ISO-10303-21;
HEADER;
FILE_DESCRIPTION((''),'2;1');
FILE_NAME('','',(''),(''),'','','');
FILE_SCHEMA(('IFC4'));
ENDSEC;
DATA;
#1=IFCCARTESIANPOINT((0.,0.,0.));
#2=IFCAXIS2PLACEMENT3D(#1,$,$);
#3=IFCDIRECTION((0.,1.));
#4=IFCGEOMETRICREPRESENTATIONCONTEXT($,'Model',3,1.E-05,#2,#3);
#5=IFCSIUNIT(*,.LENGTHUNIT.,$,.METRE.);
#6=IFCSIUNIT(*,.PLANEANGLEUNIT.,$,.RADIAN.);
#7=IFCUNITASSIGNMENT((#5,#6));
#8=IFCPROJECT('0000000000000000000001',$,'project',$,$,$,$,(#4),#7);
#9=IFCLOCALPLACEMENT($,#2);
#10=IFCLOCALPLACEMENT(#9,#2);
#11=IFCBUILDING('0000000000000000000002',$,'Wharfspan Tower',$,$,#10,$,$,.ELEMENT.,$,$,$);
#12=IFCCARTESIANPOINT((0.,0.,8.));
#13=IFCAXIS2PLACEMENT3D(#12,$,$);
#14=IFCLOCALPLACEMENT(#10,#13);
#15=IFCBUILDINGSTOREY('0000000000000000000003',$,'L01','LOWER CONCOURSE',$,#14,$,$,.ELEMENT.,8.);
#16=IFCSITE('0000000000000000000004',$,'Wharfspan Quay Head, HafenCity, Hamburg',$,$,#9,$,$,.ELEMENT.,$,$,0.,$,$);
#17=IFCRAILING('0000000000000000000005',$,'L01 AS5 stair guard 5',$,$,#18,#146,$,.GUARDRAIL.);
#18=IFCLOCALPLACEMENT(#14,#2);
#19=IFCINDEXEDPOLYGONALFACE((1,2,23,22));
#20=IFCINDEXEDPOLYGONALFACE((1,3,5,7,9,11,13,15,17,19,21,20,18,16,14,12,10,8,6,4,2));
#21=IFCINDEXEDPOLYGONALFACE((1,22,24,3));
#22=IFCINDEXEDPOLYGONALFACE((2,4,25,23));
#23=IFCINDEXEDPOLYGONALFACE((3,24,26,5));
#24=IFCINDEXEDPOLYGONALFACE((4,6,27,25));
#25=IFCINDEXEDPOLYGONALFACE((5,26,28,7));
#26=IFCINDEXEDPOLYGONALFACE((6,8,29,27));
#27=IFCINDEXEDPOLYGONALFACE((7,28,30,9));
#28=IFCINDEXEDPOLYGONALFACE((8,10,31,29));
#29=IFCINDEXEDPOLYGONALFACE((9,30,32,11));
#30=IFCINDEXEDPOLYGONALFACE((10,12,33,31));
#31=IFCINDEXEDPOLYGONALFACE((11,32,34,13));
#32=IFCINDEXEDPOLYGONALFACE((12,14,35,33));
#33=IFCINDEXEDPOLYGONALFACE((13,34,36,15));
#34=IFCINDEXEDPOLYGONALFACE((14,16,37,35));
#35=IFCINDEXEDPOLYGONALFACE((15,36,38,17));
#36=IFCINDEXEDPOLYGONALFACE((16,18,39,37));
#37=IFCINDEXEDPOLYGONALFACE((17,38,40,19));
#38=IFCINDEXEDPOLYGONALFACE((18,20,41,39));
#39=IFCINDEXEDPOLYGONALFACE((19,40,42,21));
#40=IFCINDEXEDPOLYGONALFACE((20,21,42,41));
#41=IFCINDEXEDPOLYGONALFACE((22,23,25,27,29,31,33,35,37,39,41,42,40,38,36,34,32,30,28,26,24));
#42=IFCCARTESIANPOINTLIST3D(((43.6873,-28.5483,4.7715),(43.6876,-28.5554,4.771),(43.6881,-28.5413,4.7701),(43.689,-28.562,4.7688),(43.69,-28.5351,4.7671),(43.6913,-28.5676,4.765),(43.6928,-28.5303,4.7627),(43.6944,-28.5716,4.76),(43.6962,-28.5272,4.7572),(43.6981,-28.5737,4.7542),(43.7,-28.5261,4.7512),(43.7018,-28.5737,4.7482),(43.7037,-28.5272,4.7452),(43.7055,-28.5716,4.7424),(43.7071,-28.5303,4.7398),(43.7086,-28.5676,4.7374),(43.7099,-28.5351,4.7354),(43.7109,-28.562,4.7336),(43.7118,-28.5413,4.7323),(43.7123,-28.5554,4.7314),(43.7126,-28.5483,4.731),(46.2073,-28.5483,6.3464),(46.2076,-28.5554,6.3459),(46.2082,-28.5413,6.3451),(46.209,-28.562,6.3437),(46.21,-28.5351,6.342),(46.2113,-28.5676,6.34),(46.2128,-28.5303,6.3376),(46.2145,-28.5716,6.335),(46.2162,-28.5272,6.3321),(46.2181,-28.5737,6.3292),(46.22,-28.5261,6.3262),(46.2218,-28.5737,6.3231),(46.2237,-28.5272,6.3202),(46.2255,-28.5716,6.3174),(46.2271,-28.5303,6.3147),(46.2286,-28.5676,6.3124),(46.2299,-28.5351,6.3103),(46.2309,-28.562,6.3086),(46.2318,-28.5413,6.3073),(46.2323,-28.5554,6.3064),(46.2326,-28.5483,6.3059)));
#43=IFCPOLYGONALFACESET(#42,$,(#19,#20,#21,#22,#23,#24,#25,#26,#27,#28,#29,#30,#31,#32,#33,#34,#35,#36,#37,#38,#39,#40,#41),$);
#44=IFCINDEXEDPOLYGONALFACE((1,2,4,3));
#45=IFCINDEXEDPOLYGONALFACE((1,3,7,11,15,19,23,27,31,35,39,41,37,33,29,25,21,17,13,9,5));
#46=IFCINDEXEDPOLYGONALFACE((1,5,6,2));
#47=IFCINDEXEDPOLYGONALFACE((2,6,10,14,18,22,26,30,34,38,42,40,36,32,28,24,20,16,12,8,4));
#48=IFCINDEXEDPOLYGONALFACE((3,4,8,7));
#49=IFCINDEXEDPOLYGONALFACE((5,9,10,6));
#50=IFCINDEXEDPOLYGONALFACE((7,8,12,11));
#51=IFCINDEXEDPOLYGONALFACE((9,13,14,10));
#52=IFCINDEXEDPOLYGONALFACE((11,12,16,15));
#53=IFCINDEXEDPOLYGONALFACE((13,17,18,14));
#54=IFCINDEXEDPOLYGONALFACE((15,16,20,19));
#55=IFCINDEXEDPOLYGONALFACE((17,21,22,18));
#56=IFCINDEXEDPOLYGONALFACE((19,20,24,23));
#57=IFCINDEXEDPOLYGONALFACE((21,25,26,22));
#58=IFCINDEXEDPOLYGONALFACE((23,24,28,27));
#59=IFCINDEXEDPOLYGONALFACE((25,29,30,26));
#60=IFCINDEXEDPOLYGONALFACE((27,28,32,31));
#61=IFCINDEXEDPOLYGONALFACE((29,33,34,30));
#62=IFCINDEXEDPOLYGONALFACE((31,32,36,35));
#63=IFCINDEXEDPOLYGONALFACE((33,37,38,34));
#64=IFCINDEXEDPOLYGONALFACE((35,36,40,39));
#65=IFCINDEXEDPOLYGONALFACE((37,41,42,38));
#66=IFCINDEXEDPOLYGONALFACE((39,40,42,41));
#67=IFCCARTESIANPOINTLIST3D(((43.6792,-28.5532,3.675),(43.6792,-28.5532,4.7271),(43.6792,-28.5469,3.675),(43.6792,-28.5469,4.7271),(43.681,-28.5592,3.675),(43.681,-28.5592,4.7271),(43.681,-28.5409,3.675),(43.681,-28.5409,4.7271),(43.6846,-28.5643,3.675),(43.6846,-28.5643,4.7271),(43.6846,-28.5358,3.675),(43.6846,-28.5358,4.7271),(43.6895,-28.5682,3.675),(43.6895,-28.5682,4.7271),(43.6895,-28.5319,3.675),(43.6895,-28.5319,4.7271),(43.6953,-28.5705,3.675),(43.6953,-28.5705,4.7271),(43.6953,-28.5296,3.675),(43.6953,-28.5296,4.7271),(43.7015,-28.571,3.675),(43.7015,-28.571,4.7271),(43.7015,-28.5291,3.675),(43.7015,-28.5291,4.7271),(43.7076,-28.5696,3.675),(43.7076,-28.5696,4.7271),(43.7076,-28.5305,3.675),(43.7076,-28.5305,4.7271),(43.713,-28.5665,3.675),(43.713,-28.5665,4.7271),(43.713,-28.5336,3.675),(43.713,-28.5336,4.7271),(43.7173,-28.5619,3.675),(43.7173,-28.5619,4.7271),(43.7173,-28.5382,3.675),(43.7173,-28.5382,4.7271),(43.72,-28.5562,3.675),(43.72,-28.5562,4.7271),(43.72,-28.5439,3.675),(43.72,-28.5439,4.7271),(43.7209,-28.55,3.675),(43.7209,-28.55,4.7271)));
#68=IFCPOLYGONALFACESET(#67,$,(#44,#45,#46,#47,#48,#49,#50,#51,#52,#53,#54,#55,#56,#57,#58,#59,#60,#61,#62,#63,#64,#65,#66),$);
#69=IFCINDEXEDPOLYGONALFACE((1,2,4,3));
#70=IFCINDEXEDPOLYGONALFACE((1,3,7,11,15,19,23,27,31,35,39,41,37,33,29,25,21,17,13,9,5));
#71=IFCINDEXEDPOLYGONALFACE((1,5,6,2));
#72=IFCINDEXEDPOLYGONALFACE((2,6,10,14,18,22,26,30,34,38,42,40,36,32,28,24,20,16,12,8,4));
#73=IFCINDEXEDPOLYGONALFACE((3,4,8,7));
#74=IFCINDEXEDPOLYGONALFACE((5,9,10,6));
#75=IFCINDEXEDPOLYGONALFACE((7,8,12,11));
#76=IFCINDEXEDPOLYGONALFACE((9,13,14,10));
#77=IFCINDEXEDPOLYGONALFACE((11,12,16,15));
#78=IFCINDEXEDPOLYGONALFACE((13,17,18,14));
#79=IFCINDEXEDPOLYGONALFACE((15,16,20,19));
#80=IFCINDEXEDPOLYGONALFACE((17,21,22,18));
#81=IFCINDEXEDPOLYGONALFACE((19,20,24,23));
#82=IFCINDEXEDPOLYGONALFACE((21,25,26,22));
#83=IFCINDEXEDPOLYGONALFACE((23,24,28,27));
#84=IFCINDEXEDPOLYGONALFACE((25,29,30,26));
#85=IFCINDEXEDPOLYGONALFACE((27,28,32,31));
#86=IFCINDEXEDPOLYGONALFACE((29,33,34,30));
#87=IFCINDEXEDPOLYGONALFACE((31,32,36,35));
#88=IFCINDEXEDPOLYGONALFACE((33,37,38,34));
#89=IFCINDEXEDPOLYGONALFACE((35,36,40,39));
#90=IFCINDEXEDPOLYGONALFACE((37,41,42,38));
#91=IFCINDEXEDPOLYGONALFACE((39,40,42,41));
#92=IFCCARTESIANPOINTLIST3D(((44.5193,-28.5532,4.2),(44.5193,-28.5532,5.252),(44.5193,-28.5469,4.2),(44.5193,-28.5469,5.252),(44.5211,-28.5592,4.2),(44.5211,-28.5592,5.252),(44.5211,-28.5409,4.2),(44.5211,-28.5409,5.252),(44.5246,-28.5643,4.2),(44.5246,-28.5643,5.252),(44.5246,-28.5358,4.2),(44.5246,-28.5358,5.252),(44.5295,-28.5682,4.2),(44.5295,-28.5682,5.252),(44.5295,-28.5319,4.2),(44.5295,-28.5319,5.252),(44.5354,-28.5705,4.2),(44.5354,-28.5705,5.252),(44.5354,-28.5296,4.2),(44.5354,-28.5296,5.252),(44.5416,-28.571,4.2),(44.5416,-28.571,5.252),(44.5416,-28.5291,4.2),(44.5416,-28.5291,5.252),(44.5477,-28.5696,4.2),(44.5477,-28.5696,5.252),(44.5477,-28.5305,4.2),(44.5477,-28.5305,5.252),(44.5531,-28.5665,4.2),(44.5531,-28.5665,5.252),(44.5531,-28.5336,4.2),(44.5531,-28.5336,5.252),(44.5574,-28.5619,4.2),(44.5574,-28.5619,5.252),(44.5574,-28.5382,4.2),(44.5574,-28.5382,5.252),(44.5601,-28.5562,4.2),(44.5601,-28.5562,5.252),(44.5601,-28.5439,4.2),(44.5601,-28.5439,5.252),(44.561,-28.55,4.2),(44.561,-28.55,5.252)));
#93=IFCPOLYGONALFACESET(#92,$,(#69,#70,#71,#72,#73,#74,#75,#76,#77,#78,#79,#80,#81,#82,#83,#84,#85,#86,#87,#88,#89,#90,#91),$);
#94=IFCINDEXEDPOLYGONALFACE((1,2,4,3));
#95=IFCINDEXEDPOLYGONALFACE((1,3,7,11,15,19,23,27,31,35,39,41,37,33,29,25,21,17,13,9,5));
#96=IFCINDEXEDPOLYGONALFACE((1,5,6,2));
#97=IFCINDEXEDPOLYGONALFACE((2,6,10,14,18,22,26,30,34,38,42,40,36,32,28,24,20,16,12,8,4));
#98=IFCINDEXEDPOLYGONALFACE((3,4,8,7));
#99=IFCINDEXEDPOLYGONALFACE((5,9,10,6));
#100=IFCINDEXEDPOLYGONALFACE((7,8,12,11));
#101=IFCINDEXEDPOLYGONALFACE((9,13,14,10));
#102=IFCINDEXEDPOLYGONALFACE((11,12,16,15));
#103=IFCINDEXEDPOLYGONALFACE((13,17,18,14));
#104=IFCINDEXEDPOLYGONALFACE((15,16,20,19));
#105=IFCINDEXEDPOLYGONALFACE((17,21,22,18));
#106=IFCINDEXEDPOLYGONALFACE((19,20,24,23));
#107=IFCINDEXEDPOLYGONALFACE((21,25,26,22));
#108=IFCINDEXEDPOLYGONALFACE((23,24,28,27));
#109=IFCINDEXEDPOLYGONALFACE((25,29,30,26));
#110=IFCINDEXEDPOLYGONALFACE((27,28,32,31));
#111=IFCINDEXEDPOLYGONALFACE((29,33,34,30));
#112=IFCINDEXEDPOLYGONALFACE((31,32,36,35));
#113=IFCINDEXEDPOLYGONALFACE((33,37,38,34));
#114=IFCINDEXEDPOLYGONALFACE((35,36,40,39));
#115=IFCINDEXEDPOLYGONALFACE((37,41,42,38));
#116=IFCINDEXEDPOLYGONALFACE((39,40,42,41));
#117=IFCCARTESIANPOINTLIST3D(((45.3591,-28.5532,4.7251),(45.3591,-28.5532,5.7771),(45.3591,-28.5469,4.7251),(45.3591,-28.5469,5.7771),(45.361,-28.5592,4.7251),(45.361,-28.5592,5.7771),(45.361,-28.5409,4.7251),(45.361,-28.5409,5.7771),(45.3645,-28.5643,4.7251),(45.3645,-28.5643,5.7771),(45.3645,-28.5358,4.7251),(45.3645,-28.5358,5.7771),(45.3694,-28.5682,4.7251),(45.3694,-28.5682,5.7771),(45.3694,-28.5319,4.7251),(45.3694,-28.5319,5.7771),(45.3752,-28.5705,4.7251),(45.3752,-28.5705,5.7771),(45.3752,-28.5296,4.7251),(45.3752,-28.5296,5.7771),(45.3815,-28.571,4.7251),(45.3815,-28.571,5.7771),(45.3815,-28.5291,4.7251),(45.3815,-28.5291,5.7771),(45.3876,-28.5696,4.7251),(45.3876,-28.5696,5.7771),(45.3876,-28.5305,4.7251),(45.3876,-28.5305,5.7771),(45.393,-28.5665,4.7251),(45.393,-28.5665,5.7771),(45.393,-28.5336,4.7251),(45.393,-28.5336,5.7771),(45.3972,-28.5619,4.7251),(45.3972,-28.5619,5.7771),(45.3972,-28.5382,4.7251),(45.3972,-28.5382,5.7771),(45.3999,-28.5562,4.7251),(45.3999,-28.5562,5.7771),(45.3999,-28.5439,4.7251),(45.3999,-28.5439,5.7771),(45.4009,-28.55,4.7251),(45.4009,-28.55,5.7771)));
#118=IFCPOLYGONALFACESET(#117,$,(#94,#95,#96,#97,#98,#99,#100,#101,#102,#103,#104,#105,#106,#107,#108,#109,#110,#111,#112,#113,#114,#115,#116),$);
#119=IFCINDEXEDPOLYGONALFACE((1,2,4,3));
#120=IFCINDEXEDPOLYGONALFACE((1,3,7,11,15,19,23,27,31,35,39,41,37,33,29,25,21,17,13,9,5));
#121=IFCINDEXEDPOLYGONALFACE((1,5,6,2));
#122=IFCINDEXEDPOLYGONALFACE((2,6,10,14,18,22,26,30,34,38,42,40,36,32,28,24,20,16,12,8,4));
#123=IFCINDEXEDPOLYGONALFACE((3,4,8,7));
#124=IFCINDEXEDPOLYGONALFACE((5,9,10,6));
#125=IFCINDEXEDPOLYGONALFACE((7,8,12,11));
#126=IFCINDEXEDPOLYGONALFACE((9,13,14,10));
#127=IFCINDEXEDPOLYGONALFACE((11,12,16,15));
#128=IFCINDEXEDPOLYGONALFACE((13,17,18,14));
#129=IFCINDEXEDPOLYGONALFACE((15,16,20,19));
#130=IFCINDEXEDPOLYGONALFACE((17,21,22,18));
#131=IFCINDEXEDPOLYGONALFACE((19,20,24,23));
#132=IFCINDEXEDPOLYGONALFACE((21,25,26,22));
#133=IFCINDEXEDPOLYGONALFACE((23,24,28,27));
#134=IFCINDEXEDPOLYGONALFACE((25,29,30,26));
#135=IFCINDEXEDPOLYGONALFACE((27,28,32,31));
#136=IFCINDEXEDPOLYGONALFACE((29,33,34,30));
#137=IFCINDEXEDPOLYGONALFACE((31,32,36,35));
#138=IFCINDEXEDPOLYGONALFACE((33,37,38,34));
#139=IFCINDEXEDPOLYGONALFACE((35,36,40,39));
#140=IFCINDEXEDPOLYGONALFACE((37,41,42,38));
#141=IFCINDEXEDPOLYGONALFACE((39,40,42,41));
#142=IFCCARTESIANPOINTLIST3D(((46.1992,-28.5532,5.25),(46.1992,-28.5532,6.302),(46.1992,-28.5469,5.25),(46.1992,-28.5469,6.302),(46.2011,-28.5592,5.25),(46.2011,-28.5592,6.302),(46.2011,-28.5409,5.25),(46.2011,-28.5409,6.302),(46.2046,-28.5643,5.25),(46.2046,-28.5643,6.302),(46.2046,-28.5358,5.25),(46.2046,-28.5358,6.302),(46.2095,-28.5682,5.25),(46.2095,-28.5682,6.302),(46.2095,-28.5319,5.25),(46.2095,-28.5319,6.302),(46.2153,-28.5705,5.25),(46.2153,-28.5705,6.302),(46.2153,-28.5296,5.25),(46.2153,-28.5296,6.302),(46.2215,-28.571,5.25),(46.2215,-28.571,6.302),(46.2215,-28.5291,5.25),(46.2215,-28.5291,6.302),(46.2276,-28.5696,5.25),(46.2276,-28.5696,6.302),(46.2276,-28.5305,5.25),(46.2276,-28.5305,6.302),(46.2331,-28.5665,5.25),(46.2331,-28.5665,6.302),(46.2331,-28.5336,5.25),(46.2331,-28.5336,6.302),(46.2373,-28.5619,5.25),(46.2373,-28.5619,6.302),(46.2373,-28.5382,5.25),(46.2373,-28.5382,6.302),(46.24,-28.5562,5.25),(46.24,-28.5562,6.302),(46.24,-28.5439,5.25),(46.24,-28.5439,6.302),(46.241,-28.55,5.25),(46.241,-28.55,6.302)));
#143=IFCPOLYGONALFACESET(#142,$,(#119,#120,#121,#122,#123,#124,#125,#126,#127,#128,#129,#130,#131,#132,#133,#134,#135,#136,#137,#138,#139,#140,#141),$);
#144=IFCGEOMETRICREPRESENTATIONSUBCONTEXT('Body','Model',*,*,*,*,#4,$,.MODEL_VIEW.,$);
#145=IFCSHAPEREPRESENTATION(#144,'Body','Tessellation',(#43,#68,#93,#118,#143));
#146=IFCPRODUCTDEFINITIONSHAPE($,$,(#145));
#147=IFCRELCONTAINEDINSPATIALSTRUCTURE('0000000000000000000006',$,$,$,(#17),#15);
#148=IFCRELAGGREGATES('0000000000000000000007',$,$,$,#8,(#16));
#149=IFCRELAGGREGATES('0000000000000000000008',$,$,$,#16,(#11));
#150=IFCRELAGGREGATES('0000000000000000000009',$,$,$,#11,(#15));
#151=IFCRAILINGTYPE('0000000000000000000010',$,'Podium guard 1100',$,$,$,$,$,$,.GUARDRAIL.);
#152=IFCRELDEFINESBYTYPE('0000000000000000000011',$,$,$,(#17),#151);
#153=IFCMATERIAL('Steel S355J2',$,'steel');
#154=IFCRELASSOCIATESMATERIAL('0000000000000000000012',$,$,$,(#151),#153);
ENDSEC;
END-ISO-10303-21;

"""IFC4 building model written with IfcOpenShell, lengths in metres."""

from ifc_helpers import new_model, si_unit, direction, frame, origin, origin_2d, place, context, subcontext, project, spatial, circle, extrude, material, type_object, element, save


model = new_model("IFC4")

# Units and contexts
model_context = context("Model", 3, precision=1e-05, world=origin(), true_north=direction((0.0, 1.0)))
body_context = subcontext(model_context, "Body", "Model", "MODEL_VIEW")
ifc_project = project(units=[si_unit("LENGTHUNIT", "METRE"), si_unit("PLANEANGLEUNIT", "RADIAN")], contexts=[model_context])

# Site, building, storey
site_placement = place(None, origin())
site = spatial("IfcSite", under=ifc_project, at=site_placement, Name="Wharfspan Quay Head, HafenCity, Hamburg", CompositionType="ELEMENT", RefElevation=0.0)
building_placement = place(site_placement, origin())
building = spatial("IfcBuilding", under=site, at=building_placement, Name="Wharfspan Tower", CompositionType="ELEMENT")
storey_placement = place(building_placement, frame((0.0, 0.0, 8.0)))
storey = spatial("IfcBuildingStorey", under=building, at=storey_placement, Name="L01", Description="LOWER CONCOURSE", CompositionType="ELEMENT", Elevation=8.0)

# Railing
ifc_material_1 = material(Name="Steel S355J2", Category="steel")
railing_type_1 = type_object("IfcRailingType", Name="Podium guard 1100", PredefinedType="GUARDRAIL", material=ifc_material_1)
railing_1_placement = place(storey_placement, frame((43.7, -28.55, 3.675)))
element("IfcRailing", 1, at=railing_1_placement, inside=storey, type_object=railing_type_1, Name="L01 AS5 stair guard 5", PredefinedType="GUARDRAIL", context=body_context, shape_type="SweptSolid", body=[
    extrude(circle(Radius=0.0239, at=origin_2d()), frame((0.0, 0.0, 1.0762), z_axis=(0.848008, 0.0, 0.529984), x_axis=(0.0, 1.0, 0.0)), (0.0, 0.0, 1.0), 2.9717),
    extrude(circle(Radius=0.021, at=origin_2d()), origin(), (0.0, 0.0, 1.0), 1.052),
    extrude(circle(Radius=0.021, at=origin_2d()), frame((0.8401, 0.0, 0.5249)), (0.0, 0.0, 1.0), 1.052),
    extrude(circle(Radius=0.021, at=origin_2d()), frame((1.6799, 0.0, 1.05)), (0.0, 0.0, 1.0), 1.052),
    extrude(circle(Radius=0.021, at=origin_2d()), frame((2.52, 0.0, 1.575)), (0.0, 0.0, 1.0), 1.052),
])

save(model, "model.ifc")
